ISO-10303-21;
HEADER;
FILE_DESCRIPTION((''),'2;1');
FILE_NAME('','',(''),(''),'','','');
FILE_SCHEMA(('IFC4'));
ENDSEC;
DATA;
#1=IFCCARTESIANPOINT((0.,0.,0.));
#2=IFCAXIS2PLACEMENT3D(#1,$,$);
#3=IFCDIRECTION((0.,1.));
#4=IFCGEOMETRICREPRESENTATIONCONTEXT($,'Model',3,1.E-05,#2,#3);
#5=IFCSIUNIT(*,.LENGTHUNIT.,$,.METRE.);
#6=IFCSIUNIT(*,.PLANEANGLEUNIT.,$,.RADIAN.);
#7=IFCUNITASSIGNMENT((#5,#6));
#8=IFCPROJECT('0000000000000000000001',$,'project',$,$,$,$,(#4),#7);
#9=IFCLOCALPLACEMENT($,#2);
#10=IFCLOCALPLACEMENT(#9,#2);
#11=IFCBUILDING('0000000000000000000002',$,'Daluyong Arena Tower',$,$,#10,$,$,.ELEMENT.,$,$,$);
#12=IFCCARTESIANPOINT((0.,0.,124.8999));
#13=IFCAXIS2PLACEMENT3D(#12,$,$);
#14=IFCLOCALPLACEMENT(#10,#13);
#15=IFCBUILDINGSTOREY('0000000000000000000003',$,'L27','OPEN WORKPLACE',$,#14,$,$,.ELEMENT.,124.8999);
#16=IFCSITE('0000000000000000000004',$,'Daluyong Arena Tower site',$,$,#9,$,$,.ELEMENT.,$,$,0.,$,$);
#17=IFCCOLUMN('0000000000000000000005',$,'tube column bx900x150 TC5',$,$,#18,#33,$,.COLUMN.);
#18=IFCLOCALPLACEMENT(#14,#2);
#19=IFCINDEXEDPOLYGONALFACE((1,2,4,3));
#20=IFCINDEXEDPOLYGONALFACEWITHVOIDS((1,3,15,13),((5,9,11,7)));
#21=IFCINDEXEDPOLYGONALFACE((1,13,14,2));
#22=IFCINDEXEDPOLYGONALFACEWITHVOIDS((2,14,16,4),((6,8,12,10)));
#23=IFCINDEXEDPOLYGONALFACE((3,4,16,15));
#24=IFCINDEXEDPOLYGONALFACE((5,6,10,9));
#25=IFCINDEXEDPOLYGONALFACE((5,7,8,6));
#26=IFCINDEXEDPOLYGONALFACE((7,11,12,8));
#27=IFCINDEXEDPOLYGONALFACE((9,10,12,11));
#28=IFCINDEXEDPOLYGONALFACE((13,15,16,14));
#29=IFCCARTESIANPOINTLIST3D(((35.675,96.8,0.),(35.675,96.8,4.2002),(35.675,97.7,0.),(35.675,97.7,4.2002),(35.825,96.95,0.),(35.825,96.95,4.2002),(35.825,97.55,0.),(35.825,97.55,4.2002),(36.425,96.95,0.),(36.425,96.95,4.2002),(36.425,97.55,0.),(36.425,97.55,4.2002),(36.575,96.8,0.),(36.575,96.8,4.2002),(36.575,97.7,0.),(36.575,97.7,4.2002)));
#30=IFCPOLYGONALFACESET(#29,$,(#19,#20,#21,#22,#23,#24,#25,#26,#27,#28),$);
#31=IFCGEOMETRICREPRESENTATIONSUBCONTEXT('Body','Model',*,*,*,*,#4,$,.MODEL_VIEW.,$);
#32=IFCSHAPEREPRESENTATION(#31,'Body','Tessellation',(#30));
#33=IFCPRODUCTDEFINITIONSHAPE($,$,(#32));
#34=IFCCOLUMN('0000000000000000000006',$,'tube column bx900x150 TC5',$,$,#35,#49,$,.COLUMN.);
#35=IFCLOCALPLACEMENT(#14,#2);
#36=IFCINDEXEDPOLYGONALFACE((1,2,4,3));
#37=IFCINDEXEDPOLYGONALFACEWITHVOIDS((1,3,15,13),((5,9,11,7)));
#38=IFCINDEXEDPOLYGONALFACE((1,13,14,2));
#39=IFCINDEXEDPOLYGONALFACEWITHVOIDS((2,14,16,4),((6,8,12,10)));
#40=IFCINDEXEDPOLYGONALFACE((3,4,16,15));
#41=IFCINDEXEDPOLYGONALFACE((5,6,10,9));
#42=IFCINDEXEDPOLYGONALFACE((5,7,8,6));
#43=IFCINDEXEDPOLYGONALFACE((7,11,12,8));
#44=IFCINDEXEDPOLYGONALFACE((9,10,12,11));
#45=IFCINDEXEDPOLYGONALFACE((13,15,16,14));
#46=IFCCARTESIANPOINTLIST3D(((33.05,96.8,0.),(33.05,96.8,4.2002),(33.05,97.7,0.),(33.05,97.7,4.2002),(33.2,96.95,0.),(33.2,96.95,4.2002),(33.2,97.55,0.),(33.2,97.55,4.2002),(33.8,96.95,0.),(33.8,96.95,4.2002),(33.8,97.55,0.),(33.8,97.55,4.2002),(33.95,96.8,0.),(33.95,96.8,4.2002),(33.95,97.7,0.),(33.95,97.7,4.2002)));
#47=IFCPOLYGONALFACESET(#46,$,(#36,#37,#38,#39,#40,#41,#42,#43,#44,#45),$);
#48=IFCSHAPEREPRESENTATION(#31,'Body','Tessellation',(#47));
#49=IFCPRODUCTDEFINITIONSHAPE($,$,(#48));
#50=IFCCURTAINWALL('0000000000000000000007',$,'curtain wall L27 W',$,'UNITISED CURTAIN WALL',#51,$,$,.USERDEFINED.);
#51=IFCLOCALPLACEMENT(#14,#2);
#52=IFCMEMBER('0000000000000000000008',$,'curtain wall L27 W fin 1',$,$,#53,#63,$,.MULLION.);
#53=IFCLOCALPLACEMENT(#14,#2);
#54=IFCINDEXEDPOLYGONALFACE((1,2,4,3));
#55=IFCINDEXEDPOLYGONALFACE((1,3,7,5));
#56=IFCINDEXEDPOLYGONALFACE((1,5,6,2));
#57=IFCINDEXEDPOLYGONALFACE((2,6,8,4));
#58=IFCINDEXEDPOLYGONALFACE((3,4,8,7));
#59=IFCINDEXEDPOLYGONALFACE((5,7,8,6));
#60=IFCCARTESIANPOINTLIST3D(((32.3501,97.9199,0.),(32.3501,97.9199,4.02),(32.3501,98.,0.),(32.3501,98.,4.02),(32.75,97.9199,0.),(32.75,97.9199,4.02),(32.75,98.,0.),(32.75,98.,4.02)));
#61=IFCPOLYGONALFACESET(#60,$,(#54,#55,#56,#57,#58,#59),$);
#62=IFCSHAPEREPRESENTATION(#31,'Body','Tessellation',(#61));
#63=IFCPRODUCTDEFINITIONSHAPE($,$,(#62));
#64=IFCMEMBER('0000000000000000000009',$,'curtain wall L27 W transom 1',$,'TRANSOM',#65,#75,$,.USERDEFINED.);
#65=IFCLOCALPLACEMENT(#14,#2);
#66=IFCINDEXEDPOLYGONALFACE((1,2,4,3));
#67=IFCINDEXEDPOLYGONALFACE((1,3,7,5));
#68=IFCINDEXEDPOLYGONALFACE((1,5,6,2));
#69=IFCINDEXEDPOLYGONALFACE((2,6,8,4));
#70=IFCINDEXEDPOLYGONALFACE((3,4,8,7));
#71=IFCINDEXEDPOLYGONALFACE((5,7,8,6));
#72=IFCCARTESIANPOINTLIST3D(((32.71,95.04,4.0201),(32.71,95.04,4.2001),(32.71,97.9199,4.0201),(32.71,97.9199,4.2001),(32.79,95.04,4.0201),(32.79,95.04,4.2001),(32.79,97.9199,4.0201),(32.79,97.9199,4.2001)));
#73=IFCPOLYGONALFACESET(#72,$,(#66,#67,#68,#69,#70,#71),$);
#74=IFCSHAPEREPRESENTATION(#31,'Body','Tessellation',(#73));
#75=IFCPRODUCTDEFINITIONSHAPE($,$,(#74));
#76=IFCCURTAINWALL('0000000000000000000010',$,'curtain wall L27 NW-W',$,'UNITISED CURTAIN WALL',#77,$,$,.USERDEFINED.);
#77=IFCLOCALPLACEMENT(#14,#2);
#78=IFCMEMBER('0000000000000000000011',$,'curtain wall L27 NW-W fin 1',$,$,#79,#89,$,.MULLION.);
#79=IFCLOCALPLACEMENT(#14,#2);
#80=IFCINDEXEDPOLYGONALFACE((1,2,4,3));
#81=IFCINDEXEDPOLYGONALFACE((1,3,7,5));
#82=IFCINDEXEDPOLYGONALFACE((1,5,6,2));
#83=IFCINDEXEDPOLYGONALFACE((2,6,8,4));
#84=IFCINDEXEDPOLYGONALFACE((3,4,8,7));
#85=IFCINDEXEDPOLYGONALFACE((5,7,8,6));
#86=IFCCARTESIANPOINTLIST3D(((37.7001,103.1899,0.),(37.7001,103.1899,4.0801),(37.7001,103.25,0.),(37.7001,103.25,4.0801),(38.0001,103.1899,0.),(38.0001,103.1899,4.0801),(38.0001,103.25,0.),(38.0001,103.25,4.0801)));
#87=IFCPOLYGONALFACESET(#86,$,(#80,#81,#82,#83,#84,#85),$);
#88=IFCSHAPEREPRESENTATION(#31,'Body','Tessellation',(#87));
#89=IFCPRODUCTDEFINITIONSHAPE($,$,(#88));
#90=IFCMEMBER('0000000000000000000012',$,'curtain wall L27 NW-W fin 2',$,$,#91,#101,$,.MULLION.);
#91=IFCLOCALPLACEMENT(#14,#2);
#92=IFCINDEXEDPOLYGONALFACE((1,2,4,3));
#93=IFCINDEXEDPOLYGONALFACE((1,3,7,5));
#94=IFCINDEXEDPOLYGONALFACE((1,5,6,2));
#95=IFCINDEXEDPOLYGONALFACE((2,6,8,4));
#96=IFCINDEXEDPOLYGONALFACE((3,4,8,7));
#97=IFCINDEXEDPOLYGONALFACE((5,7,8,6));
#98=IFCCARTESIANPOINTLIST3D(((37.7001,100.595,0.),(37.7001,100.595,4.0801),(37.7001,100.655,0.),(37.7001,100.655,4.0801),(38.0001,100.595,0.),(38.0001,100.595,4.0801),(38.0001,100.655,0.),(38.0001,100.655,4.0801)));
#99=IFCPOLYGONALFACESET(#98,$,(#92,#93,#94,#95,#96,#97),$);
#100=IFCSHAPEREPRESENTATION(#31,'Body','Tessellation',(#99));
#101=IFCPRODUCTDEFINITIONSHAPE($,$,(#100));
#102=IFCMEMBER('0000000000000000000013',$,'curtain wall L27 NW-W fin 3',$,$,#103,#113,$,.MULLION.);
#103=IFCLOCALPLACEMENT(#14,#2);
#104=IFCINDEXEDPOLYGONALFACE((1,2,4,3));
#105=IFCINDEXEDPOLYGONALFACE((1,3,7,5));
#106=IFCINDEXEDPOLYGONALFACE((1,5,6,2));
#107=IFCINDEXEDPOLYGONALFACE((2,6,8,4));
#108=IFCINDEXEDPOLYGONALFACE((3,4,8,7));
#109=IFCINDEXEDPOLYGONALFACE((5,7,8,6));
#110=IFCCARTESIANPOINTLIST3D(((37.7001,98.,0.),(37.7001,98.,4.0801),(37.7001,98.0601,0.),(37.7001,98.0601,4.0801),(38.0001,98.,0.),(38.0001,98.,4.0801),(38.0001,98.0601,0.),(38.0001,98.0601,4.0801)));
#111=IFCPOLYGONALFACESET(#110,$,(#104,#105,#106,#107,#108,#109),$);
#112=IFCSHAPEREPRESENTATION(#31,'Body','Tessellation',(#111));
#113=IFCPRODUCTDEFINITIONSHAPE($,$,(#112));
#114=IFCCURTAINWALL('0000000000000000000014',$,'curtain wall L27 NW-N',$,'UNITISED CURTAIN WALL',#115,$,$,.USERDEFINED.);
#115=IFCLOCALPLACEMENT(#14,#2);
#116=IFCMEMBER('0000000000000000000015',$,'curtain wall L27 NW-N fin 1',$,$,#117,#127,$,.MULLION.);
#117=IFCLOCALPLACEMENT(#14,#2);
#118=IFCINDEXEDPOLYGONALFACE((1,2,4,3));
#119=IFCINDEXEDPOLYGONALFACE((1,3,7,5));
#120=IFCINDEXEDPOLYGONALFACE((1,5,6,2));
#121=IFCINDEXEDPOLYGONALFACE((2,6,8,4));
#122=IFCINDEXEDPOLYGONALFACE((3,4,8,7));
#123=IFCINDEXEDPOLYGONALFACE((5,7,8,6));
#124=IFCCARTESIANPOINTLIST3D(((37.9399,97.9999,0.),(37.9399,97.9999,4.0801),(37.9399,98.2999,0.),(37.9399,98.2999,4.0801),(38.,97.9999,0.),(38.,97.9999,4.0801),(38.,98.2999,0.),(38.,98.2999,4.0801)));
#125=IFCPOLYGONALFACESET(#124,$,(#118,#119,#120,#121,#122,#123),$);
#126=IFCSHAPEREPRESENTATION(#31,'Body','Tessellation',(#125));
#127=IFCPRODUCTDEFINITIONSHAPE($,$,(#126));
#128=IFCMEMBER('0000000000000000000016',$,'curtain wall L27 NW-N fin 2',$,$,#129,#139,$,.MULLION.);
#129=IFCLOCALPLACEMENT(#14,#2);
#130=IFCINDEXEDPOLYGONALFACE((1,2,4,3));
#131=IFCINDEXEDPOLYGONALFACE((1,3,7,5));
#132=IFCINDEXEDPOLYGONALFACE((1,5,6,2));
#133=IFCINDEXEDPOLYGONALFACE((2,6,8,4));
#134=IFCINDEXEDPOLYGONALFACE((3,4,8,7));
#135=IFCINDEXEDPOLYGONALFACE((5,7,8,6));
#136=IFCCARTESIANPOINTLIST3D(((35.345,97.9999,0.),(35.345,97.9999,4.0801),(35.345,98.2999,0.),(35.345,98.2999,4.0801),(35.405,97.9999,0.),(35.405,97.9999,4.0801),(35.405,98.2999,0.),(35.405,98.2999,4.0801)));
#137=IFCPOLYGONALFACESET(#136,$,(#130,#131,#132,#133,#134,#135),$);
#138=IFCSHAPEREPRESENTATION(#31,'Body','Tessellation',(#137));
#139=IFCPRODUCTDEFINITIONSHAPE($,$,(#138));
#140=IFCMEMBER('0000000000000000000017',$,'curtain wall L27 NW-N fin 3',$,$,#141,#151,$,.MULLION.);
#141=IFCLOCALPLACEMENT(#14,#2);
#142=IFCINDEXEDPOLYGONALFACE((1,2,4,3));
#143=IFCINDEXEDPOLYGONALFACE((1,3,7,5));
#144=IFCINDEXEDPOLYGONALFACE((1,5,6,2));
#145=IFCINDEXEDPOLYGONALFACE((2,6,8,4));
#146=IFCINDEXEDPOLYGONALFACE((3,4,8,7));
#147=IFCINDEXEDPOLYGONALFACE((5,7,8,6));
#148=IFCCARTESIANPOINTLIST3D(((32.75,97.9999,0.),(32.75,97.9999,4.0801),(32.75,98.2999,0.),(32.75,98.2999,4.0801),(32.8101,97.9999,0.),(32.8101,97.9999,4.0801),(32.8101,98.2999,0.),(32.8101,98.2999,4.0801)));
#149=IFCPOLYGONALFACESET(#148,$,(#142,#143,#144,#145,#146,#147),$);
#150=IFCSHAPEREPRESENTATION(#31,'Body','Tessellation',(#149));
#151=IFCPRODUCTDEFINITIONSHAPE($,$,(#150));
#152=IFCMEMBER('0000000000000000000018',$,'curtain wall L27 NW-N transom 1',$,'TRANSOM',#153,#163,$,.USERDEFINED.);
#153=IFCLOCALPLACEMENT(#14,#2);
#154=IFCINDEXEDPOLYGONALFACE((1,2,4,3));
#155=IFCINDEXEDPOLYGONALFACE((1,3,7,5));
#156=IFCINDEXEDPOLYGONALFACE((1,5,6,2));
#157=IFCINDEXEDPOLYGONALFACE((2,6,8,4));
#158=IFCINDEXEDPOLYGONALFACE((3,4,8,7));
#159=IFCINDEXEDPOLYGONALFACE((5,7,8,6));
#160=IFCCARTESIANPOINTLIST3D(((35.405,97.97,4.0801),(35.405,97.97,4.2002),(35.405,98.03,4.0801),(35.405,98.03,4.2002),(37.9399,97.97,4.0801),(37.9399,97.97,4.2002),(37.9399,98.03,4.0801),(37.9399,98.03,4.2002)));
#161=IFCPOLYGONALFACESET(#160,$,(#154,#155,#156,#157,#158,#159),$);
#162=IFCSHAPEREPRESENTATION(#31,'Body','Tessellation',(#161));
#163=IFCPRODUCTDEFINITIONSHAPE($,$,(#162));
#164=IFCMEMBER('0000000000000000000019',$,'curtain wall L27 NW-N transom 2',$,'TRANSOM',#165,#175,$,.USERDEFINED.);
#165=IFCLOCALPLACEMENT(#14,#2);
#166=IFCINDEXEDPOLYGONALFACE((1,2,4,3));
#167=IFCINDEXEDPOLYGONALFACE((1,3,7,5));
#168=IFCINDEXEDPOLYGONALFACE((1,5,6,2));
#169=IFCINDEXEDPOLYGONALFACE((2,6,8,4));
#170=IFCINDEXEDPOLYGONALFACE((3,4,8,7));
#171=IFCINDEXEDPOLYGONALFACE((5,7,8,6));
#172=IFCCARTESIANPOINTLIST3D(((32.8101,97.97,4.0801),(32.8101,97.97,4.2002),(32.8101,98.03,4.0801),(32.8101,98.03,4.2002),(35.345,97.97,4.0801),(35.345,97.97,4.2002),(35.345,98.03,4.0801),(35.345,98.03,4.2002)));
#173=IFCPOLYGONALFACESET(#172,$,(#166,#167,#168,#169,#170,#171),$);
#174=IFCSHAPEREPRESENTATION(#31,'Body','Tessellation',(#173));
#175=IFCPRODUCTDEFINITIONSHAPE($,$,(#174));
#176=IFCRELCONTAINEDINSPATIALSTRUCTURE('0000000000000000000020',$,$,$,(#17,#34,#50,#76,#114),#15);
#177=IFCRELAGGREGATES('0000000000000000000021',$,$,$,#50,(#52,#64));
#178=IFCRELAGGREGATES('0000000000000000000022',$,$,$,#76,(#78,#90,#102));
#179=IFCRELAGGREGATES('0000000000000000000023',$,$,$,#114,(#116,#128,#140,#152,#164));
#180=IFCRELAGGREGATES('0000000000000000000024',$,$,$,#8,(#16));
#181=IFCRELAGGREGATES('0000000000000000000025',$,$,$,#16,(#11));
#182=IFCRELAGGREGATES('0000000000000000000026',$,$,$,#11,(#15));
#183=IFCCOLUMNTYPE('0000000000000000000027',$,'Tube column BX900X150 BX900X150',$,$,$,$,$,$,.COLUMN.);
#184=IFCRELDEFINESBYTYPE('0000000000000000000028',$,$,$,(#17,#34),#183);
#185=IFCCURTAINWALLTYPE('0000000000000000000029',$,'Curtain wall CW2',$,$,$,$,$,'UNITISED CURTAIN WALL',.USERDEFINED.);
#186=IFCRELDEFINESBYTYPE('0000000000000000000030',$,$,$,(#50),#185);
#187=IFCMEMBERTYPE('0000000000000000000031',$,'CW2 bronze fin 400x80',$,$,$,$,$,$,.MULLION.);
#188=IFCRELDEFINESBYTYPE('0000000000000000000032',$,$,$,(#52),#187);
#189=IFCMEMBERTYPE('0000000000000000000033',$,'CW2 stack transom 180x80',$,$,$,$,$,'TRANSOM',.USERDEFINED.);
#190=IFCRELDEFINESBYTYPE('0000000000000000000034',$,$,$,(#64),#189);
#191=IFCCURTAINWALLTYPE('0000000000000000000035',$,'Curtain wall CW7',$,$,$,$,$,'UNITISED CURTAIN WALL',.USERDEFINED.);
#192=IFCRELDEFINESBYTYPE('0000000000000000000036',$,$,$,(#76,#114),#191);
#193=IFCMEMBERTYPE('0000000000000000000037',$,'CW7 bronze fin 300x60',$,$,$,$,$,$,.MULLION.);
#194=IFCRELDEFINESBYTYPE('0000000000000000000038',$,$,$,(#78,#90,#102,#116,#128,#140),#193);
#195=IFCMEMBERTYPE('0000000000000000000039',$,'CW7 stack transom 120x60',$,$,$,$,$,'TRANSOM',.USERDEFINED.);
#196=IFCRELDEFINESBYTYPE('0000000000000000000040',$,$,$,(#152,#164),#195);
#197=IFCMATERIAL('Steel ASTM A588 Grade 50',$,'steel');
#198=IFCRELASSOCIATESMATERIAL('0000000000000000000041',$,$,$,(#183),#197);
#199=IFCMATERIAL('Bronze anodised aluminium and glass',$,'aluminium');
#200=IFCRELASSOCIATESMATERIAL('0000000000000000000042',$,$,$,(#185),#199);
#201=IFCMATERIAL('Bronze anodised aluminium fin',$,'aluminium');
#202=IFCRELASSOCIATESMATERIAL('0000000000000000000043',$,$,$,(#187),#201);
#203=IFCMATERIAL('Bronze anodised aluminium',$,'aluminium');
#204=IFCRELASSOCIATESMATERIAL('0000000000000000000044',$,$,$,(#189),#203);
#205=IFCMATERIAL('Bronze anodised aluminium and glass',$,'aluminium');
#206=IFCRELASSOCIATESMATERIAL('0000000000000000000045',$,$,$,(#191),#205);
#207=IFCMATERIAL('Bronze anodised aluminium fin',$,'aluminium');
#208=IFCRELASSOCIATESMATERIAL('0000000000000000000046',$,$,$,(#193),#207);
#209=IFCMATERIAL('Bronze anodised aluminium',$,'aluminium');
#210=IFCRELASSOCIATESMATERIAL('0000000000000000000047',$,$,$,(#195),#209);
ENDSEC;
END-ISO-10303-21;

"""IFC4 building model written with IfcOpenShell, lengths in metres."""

from ifc_helpers import new_model, si_unit, direction, frame, origin, origin_2d, place, context, subcontext, project, spatial, rectangle, hollow_rectangle, extrude, material, material_profile, profile_set, type_object, element, aggregate, save


model = new_model("IFC4")

# Units and contexts
model_context = context("Model", 3, precision=1e-05, world=origin(), true_north=direction((0.0, 1.0)))
body_context = subcontext(model_context, "Body", "Model", "MODEL_VIEW")
ifc_project = project(units=[si_unit("LENGTHUNIT", "METRE"), si_unit("PLANEANGLEUNIT", "RADIAN")], contexts=[model_context])

# Site, building, storey
site_placement = place(None, origin())
site = spatial("IfcSite", under=ifc_project, at=site_placement, Name="Daluyong Arena Tower site", CompositionType="ELEMENT", RefElevation=0.0)
building_placement = place(site_placement, origin())
building = spatial("IfcBuilding", under=site, at=building_placement, Name="Daluyong Arena Tower", CompositionType="ELEMENT")
storey_placement = place(building_placement, frame((0.0, 0.0, 124.8999)))
storey = spatial("IfcBuildingStorey", under=building, at=storey_placement, Name="L27", Description="OPEN WORKPLACE", CompositionType="ELEMENT", Elevation=124.8999)

# Columns
ifc_material_1 = material(Name="Steel ASTM A588 Grade 50", Category="steel")
ifc_material_profile_1 = material_profile(ifc_material_1, hollow_rectangle(XDim=0.8999, YDim=0.8999, WallThickness=0.15, at=origin_2d()))
ifc_profile_set_1 = profile_set([ifc_material_profile_1], Name="Steel ASTM A588 Grade 50")
column_type = type_object("IfcColumnType", Name="Tube column BX900X150 BX900X150", PredefinedType="COLUMN", material=ifc_profile_set_1)
for number, where, z_axis, x_axis, name in (
    (1, (36.125, 97.25, 0.0), (0.0, 0.0, 1.0), (1.0, 0.0, 0.0), "tube column bx900x150 TC5"),
    (2, (33.5, 97.25, 0.0), (0.0, 0.0, 1.0), (0.0, 1.0, 0.0), "tube column bx900x150 TC5"),
):
    element("IfcColumn", number, at=place(storey_placement, frame(where, z_axis=z_axis, x_axis=x_axis)), inside=storey, type_object=column_type, Name=name, PredefinedType="COLUMN", context=body_context, shape_type="SweptSolid", body=[
        extrude(hollow_rectangle(XDim=0.8999, YDim=0.8999, WallThickness=0.15, at=origin_2d()), origin(), (0.0, 0.0, 1.0), 4.2002),
    ])

# Curtain walls, members
ifc_material_2 = material(Name="Bronze anodised aluminium and glass", Category="aluminium")
curtain_wall_type_1 = type_object("IfcCurtainWallType", Name="Curtain wall CW2", ElementType="UNITISED CURTAIN WALL", PredefinedType="USERDEFINED", material=ifc_material_2)
curtain_wall_1_placement = place(storey_placement, origin())
curtain_wall_1 = element("IfcCurtainWall", 3, at=curtain_wall_1_placement, inside=storey, type_object=curtain_wall_type_1, Name="curtain wall L27 W", ObjectType="UNITISED CURTAIN WALL", PredefinedType="USERDEFINED")
ifc_material_3 = material(Name="Bronze anodised aluminium fin", Category="aluminium")
ifc_material_profile_2 = material_profile(ifc_material_3, rectangle(XDim=0.3999, YDim=0.0801, at=origin_2d()))
ifc_profile_set_2 = profile_set([ifc_material_profile_2], Name="Bronze anodised aluminium fin")
member_type_1 = type_object("IfcMemberType", Name="CW2 bronze fin 400x80", PredefinedType="MULLION", material=ifc_profile_set_2)
member_1_placement = place(storey_placement, frame((32.55, 97.96, 0.0), z_axis=(0.0, 0.0, 1.0), x_axis=(1.0, 0.0, 0.0)))
member_1 = element("IfcMember", 4, at=member_1_placement, type_object=member_type_1, Name="curtain wall L27 W fin 1", PredefinedType="MULLION", context=body_context, shape_type="SweptSolid", body=[
    extrude(rectangle(XDim=0.3999, YDim=0.0801, at=origin_2d()), origin(), (0.0, 0.0, 1.0), 4.02),
])
ifc_material_4 = material(Name="Bronze anodised aluminium", Category="aluminium")
ifc_material_profile_3 = material_profile(ifc_material_4, rectangle(XDim=0.0801, YDim=0.1799, at=origin_2d()))
ifc_profile_set_3 = profile_set([ifc_material_profile_3], Name="Bronze anodised aluminium")
member_type_2 = type_object("IfcMemberType", Name="CW2 stack transom 180x80", ElementType="TRANSOM", PredefinedType="USERDEFINED", material=ifc_profile_set_3)
member_2_placement = place(storey_placement, frame((32.75, 97.9199, 4.1101), z_axis=(0.0, -1.0, 0.0), x_axis=(1.0, 0.0, 0.0)))
member_2 = element("IfcMember", 5, at=member_2_placement, type_object=member_type_2, Name="curtain wall L27 W transom 1", ObjectType="TRANSOM", PredefinedType="USERDEFINED", context=body_context, shape_type="SweptSolid", body=[
    extrude(rectangle(XDim=0.0801, YDim=0.1799, at=origin_2d()), origin(), (0.0, 0.0, 1.0), 2.8799),
])
aggregate(curtain_wall_1, [member_1, member_2])
ifc_material_5 = material(Name="Bronze anodised aluminium and glass", Category="aluminium")
curtain_wall_type_2 = type_object("IfcCurtainWallType", Name="Curtain wall CW7", ElementType="UNITISED CURTAIN WALL", PredefinedType="USERDEFINED", material=ifc_material_5)
curtain_wall_2_placement = place(storey_placement, origin())
curtain_wall_2 = element("IfcCurtainWall", 6, at=curtain_wall_2_placement, inside=storey, type_object=curtain_wall_type_2, Name="curtain wall L27 NW-W", ObjectType="UNITISED CURTAIN WALL", PredefinedType="USERDEFINED")
ifc_material_6 = material(Name="Bronze anodised aluminium fin", Category="aluminium")
ifc_material_profile_4 = material_profile(ifc_material_6, rectangle(XDim=0.3, YDim=0.0601, at=origin_2d()))
ifc_profile_set_4 = profile_set([ifc_material_profile_4], Name="Bronze anodised aluminium fin")
member_type_3 = type_object("IfcMemberType", Name="CW7 bronze fin 300x60", PredefinedType="MULLION", material=ifc_profile_set_4)
member_3_placement = place(storey_placement, frame((37.8501, 103.22, 0.0), z_axis=(0.0, 0.0, 1.0), x_axis=(1.0, 0.0, 0.0)))
member_3 = element("IfcMember", 7, at=member_3_placement, type_object=member_type_3, Name="curtain wall L27 NW-W fin 1", PredefinedType="MULLION", context=body_context, shape_type="SweptSolid", body=[
    extrude(rectangle(XDim=0.3, YDim=0.0601, at=origin_2d()), origin(), (0.0, 0.0, 1.0), 4.0801),
])
member_4_placement = place(storey_placement, frame((37.8501, 100.625, 0.0), z_axis=(0.0, 0.0, 1.0), x_axis=(1.0, 0.0, 0.0)))
member_4 = element("IfcMember", 8, at=member_4_placement, type_object=member_type_3, Name="curtain wall L27 NW-W fin 2", PredefinedType="MULLION", context=body_context, shape_type="SweptSolid", body=[
    extrude(rectangle(XDim=0.3, YDim=0.0601, at=origin_2d()), origin(), (0.0, 0.0, 1.0), 4.0801),
])
member_5_placement = place(storey_placement, frame((37.8501, 98.03, 0.0), z_axis=(0.0, 0.0, 1.0), x_axis=(1.0, 0.0, 0.0)))
member_5 = element("IfcMember", 9, at=member_5_placement, type_object=member_type_3, Name="curtain wall L27 NW-W fin 3", PredefinedType="MULLION", context=body_context, shape_type="SweptSolid", body=[
    extrude(rectangle(XDim=0.3, YDim=0.0601, at=origin_2d()), origin(), (0.0, 0.0, 1.0), 4.0801),
])
curtain_wall_3_placement = place(storey_placement, origin())
curtain_wall_3 = element("IfcCurtainWall", 10, at=curtain_wall_3_placement, inside=storey, type_object=curtain_wall_type_2, Name="curtain wall L27 NW-N", ObjectType="UNITISED CURTAIN WALL", PredefinedType="USERDEFINED")
member_6_placement = place(storey_placement, frame((37.97, 98.1499, 0.0), z_axis=(0.0, 0.0, 1.0), x_axis=(0.0, -1.0, 0.0)))
member_6 = element("IfcMember", 11, at=member_6_placement, type_object=member_type_3, Name="curtain wall L27 NW-N fin 1", PredefinedType="MULLION", context=body_context, shape_type="SweptSolid", body=[
    extrude(rectangle(XDim=0.3, YDim=0.0601, at=origin_2d()), origin(), (0.0, 0.0, 1.0), 4.0801),
])
member_7_placement = place(storey_placement, frame((35.375, 98.1499, 0.0), z_axis=(0.0, 0.0, 1.0), x_axis=(0.0, -1.0, 0.0)))
member_7 = element("IfcMember", 12, at=member_7_placement, type_object=member_type_3, Name="curtain wall L27 NW-N fin 2", PredefinedType="MULLION", context=body_context, shape_type="SweptSolid", body=[
    extrude(rectangle(XDim=0.3, YDim=0.0601, at=origin_2d()), origin(), (0.0, 0.0, 1.0), 4.0801),
])
member_8_placement = place(storey_placement, frame((32.78, 98.1499, 0.0), z_axis=(0.0, 0.0, 1.0), x_axis=(0.0, -1.0, 0.0)))
member_8 = element("IfcMember", 13, at=member_8_placement, type_object=member_type_3, Name="curtain wall L27 NW-N fin 3", PredefinedType="MULLION", context=body_context, shape_type="SweptSolid", body=[
    extrude(rectangle(XDim=0.3, YDim=0.0601, at=origin_2d()), origin(), (0.0, 0.0, 1.0), 4.0801),
])
ifc_material_7 = material(Name="Bronze anodised aluminium", Category="aluminium")
ifc_material_profile_5 = material_profile(ifc_material_7, rectangle(XDim=0.0601, YDim=0.1201, at=origin_2d()))
ifc_profile_set_5 = profile_set([ifc_material_profile_5], Name="Bronze anodised aluminium")
member_type_4 = type_object("IfcMemberType", Name="CW7 stack transom 120x60", ElementType="TRANSOM", PredefinedType="USERDEFINED", material=ifc_profile_set_5)
member_9_placement = place(storey_placement, frame((37.9399, 98.0, 4.1401), z_axis=(-1.0, 0.0, 0.0), x_axis=(0.0, -1.0, 0.0)))
member_9 = element("IfcMember", 14, at=member_9_placement, type_object=member_type_4, Name="curtain wall L27 NW-N transom 1", ObjectType="TRANSOM", PredefinedType="USERDEFINED", context=body_context, shape_type="SweptSolid", body=[
    extrude(rectangle(XDim=0.0601, YDim=0.1201, at=origin_2d()), origin(), (0.0, 0.0, 1.0), 2.5349),
])
member_10_placement = place(storey_placement, frame((35.345, 98.0, 4.1401), z_axis=(-1.0, 0.0, 0.0), x_axis=(0.0, -1.0, 0.0)))
member_10 = element("IfcMember", 15, at=member_10_placement, type_object=member_type_4, Name="curtain wall L27 NW-N transom 2", ObjectType="TRANSOM", PredefinedType="USERDEFINED", context=body_context, shape_type="SweptSolid", body=[
    extrude(rectangle(XDim=0.0601, YDim=0.1201, at=origin_2d()), origin(), (0.0, 0.0, 1.0), 2.5349),
])

aggregate(curtain_wall_2, [member_3, member_4, member_5])
aggregate(curtain_wall_3, [member_6, member_7, member_8, member_9, member_10])

save(model, "model.ifc")
